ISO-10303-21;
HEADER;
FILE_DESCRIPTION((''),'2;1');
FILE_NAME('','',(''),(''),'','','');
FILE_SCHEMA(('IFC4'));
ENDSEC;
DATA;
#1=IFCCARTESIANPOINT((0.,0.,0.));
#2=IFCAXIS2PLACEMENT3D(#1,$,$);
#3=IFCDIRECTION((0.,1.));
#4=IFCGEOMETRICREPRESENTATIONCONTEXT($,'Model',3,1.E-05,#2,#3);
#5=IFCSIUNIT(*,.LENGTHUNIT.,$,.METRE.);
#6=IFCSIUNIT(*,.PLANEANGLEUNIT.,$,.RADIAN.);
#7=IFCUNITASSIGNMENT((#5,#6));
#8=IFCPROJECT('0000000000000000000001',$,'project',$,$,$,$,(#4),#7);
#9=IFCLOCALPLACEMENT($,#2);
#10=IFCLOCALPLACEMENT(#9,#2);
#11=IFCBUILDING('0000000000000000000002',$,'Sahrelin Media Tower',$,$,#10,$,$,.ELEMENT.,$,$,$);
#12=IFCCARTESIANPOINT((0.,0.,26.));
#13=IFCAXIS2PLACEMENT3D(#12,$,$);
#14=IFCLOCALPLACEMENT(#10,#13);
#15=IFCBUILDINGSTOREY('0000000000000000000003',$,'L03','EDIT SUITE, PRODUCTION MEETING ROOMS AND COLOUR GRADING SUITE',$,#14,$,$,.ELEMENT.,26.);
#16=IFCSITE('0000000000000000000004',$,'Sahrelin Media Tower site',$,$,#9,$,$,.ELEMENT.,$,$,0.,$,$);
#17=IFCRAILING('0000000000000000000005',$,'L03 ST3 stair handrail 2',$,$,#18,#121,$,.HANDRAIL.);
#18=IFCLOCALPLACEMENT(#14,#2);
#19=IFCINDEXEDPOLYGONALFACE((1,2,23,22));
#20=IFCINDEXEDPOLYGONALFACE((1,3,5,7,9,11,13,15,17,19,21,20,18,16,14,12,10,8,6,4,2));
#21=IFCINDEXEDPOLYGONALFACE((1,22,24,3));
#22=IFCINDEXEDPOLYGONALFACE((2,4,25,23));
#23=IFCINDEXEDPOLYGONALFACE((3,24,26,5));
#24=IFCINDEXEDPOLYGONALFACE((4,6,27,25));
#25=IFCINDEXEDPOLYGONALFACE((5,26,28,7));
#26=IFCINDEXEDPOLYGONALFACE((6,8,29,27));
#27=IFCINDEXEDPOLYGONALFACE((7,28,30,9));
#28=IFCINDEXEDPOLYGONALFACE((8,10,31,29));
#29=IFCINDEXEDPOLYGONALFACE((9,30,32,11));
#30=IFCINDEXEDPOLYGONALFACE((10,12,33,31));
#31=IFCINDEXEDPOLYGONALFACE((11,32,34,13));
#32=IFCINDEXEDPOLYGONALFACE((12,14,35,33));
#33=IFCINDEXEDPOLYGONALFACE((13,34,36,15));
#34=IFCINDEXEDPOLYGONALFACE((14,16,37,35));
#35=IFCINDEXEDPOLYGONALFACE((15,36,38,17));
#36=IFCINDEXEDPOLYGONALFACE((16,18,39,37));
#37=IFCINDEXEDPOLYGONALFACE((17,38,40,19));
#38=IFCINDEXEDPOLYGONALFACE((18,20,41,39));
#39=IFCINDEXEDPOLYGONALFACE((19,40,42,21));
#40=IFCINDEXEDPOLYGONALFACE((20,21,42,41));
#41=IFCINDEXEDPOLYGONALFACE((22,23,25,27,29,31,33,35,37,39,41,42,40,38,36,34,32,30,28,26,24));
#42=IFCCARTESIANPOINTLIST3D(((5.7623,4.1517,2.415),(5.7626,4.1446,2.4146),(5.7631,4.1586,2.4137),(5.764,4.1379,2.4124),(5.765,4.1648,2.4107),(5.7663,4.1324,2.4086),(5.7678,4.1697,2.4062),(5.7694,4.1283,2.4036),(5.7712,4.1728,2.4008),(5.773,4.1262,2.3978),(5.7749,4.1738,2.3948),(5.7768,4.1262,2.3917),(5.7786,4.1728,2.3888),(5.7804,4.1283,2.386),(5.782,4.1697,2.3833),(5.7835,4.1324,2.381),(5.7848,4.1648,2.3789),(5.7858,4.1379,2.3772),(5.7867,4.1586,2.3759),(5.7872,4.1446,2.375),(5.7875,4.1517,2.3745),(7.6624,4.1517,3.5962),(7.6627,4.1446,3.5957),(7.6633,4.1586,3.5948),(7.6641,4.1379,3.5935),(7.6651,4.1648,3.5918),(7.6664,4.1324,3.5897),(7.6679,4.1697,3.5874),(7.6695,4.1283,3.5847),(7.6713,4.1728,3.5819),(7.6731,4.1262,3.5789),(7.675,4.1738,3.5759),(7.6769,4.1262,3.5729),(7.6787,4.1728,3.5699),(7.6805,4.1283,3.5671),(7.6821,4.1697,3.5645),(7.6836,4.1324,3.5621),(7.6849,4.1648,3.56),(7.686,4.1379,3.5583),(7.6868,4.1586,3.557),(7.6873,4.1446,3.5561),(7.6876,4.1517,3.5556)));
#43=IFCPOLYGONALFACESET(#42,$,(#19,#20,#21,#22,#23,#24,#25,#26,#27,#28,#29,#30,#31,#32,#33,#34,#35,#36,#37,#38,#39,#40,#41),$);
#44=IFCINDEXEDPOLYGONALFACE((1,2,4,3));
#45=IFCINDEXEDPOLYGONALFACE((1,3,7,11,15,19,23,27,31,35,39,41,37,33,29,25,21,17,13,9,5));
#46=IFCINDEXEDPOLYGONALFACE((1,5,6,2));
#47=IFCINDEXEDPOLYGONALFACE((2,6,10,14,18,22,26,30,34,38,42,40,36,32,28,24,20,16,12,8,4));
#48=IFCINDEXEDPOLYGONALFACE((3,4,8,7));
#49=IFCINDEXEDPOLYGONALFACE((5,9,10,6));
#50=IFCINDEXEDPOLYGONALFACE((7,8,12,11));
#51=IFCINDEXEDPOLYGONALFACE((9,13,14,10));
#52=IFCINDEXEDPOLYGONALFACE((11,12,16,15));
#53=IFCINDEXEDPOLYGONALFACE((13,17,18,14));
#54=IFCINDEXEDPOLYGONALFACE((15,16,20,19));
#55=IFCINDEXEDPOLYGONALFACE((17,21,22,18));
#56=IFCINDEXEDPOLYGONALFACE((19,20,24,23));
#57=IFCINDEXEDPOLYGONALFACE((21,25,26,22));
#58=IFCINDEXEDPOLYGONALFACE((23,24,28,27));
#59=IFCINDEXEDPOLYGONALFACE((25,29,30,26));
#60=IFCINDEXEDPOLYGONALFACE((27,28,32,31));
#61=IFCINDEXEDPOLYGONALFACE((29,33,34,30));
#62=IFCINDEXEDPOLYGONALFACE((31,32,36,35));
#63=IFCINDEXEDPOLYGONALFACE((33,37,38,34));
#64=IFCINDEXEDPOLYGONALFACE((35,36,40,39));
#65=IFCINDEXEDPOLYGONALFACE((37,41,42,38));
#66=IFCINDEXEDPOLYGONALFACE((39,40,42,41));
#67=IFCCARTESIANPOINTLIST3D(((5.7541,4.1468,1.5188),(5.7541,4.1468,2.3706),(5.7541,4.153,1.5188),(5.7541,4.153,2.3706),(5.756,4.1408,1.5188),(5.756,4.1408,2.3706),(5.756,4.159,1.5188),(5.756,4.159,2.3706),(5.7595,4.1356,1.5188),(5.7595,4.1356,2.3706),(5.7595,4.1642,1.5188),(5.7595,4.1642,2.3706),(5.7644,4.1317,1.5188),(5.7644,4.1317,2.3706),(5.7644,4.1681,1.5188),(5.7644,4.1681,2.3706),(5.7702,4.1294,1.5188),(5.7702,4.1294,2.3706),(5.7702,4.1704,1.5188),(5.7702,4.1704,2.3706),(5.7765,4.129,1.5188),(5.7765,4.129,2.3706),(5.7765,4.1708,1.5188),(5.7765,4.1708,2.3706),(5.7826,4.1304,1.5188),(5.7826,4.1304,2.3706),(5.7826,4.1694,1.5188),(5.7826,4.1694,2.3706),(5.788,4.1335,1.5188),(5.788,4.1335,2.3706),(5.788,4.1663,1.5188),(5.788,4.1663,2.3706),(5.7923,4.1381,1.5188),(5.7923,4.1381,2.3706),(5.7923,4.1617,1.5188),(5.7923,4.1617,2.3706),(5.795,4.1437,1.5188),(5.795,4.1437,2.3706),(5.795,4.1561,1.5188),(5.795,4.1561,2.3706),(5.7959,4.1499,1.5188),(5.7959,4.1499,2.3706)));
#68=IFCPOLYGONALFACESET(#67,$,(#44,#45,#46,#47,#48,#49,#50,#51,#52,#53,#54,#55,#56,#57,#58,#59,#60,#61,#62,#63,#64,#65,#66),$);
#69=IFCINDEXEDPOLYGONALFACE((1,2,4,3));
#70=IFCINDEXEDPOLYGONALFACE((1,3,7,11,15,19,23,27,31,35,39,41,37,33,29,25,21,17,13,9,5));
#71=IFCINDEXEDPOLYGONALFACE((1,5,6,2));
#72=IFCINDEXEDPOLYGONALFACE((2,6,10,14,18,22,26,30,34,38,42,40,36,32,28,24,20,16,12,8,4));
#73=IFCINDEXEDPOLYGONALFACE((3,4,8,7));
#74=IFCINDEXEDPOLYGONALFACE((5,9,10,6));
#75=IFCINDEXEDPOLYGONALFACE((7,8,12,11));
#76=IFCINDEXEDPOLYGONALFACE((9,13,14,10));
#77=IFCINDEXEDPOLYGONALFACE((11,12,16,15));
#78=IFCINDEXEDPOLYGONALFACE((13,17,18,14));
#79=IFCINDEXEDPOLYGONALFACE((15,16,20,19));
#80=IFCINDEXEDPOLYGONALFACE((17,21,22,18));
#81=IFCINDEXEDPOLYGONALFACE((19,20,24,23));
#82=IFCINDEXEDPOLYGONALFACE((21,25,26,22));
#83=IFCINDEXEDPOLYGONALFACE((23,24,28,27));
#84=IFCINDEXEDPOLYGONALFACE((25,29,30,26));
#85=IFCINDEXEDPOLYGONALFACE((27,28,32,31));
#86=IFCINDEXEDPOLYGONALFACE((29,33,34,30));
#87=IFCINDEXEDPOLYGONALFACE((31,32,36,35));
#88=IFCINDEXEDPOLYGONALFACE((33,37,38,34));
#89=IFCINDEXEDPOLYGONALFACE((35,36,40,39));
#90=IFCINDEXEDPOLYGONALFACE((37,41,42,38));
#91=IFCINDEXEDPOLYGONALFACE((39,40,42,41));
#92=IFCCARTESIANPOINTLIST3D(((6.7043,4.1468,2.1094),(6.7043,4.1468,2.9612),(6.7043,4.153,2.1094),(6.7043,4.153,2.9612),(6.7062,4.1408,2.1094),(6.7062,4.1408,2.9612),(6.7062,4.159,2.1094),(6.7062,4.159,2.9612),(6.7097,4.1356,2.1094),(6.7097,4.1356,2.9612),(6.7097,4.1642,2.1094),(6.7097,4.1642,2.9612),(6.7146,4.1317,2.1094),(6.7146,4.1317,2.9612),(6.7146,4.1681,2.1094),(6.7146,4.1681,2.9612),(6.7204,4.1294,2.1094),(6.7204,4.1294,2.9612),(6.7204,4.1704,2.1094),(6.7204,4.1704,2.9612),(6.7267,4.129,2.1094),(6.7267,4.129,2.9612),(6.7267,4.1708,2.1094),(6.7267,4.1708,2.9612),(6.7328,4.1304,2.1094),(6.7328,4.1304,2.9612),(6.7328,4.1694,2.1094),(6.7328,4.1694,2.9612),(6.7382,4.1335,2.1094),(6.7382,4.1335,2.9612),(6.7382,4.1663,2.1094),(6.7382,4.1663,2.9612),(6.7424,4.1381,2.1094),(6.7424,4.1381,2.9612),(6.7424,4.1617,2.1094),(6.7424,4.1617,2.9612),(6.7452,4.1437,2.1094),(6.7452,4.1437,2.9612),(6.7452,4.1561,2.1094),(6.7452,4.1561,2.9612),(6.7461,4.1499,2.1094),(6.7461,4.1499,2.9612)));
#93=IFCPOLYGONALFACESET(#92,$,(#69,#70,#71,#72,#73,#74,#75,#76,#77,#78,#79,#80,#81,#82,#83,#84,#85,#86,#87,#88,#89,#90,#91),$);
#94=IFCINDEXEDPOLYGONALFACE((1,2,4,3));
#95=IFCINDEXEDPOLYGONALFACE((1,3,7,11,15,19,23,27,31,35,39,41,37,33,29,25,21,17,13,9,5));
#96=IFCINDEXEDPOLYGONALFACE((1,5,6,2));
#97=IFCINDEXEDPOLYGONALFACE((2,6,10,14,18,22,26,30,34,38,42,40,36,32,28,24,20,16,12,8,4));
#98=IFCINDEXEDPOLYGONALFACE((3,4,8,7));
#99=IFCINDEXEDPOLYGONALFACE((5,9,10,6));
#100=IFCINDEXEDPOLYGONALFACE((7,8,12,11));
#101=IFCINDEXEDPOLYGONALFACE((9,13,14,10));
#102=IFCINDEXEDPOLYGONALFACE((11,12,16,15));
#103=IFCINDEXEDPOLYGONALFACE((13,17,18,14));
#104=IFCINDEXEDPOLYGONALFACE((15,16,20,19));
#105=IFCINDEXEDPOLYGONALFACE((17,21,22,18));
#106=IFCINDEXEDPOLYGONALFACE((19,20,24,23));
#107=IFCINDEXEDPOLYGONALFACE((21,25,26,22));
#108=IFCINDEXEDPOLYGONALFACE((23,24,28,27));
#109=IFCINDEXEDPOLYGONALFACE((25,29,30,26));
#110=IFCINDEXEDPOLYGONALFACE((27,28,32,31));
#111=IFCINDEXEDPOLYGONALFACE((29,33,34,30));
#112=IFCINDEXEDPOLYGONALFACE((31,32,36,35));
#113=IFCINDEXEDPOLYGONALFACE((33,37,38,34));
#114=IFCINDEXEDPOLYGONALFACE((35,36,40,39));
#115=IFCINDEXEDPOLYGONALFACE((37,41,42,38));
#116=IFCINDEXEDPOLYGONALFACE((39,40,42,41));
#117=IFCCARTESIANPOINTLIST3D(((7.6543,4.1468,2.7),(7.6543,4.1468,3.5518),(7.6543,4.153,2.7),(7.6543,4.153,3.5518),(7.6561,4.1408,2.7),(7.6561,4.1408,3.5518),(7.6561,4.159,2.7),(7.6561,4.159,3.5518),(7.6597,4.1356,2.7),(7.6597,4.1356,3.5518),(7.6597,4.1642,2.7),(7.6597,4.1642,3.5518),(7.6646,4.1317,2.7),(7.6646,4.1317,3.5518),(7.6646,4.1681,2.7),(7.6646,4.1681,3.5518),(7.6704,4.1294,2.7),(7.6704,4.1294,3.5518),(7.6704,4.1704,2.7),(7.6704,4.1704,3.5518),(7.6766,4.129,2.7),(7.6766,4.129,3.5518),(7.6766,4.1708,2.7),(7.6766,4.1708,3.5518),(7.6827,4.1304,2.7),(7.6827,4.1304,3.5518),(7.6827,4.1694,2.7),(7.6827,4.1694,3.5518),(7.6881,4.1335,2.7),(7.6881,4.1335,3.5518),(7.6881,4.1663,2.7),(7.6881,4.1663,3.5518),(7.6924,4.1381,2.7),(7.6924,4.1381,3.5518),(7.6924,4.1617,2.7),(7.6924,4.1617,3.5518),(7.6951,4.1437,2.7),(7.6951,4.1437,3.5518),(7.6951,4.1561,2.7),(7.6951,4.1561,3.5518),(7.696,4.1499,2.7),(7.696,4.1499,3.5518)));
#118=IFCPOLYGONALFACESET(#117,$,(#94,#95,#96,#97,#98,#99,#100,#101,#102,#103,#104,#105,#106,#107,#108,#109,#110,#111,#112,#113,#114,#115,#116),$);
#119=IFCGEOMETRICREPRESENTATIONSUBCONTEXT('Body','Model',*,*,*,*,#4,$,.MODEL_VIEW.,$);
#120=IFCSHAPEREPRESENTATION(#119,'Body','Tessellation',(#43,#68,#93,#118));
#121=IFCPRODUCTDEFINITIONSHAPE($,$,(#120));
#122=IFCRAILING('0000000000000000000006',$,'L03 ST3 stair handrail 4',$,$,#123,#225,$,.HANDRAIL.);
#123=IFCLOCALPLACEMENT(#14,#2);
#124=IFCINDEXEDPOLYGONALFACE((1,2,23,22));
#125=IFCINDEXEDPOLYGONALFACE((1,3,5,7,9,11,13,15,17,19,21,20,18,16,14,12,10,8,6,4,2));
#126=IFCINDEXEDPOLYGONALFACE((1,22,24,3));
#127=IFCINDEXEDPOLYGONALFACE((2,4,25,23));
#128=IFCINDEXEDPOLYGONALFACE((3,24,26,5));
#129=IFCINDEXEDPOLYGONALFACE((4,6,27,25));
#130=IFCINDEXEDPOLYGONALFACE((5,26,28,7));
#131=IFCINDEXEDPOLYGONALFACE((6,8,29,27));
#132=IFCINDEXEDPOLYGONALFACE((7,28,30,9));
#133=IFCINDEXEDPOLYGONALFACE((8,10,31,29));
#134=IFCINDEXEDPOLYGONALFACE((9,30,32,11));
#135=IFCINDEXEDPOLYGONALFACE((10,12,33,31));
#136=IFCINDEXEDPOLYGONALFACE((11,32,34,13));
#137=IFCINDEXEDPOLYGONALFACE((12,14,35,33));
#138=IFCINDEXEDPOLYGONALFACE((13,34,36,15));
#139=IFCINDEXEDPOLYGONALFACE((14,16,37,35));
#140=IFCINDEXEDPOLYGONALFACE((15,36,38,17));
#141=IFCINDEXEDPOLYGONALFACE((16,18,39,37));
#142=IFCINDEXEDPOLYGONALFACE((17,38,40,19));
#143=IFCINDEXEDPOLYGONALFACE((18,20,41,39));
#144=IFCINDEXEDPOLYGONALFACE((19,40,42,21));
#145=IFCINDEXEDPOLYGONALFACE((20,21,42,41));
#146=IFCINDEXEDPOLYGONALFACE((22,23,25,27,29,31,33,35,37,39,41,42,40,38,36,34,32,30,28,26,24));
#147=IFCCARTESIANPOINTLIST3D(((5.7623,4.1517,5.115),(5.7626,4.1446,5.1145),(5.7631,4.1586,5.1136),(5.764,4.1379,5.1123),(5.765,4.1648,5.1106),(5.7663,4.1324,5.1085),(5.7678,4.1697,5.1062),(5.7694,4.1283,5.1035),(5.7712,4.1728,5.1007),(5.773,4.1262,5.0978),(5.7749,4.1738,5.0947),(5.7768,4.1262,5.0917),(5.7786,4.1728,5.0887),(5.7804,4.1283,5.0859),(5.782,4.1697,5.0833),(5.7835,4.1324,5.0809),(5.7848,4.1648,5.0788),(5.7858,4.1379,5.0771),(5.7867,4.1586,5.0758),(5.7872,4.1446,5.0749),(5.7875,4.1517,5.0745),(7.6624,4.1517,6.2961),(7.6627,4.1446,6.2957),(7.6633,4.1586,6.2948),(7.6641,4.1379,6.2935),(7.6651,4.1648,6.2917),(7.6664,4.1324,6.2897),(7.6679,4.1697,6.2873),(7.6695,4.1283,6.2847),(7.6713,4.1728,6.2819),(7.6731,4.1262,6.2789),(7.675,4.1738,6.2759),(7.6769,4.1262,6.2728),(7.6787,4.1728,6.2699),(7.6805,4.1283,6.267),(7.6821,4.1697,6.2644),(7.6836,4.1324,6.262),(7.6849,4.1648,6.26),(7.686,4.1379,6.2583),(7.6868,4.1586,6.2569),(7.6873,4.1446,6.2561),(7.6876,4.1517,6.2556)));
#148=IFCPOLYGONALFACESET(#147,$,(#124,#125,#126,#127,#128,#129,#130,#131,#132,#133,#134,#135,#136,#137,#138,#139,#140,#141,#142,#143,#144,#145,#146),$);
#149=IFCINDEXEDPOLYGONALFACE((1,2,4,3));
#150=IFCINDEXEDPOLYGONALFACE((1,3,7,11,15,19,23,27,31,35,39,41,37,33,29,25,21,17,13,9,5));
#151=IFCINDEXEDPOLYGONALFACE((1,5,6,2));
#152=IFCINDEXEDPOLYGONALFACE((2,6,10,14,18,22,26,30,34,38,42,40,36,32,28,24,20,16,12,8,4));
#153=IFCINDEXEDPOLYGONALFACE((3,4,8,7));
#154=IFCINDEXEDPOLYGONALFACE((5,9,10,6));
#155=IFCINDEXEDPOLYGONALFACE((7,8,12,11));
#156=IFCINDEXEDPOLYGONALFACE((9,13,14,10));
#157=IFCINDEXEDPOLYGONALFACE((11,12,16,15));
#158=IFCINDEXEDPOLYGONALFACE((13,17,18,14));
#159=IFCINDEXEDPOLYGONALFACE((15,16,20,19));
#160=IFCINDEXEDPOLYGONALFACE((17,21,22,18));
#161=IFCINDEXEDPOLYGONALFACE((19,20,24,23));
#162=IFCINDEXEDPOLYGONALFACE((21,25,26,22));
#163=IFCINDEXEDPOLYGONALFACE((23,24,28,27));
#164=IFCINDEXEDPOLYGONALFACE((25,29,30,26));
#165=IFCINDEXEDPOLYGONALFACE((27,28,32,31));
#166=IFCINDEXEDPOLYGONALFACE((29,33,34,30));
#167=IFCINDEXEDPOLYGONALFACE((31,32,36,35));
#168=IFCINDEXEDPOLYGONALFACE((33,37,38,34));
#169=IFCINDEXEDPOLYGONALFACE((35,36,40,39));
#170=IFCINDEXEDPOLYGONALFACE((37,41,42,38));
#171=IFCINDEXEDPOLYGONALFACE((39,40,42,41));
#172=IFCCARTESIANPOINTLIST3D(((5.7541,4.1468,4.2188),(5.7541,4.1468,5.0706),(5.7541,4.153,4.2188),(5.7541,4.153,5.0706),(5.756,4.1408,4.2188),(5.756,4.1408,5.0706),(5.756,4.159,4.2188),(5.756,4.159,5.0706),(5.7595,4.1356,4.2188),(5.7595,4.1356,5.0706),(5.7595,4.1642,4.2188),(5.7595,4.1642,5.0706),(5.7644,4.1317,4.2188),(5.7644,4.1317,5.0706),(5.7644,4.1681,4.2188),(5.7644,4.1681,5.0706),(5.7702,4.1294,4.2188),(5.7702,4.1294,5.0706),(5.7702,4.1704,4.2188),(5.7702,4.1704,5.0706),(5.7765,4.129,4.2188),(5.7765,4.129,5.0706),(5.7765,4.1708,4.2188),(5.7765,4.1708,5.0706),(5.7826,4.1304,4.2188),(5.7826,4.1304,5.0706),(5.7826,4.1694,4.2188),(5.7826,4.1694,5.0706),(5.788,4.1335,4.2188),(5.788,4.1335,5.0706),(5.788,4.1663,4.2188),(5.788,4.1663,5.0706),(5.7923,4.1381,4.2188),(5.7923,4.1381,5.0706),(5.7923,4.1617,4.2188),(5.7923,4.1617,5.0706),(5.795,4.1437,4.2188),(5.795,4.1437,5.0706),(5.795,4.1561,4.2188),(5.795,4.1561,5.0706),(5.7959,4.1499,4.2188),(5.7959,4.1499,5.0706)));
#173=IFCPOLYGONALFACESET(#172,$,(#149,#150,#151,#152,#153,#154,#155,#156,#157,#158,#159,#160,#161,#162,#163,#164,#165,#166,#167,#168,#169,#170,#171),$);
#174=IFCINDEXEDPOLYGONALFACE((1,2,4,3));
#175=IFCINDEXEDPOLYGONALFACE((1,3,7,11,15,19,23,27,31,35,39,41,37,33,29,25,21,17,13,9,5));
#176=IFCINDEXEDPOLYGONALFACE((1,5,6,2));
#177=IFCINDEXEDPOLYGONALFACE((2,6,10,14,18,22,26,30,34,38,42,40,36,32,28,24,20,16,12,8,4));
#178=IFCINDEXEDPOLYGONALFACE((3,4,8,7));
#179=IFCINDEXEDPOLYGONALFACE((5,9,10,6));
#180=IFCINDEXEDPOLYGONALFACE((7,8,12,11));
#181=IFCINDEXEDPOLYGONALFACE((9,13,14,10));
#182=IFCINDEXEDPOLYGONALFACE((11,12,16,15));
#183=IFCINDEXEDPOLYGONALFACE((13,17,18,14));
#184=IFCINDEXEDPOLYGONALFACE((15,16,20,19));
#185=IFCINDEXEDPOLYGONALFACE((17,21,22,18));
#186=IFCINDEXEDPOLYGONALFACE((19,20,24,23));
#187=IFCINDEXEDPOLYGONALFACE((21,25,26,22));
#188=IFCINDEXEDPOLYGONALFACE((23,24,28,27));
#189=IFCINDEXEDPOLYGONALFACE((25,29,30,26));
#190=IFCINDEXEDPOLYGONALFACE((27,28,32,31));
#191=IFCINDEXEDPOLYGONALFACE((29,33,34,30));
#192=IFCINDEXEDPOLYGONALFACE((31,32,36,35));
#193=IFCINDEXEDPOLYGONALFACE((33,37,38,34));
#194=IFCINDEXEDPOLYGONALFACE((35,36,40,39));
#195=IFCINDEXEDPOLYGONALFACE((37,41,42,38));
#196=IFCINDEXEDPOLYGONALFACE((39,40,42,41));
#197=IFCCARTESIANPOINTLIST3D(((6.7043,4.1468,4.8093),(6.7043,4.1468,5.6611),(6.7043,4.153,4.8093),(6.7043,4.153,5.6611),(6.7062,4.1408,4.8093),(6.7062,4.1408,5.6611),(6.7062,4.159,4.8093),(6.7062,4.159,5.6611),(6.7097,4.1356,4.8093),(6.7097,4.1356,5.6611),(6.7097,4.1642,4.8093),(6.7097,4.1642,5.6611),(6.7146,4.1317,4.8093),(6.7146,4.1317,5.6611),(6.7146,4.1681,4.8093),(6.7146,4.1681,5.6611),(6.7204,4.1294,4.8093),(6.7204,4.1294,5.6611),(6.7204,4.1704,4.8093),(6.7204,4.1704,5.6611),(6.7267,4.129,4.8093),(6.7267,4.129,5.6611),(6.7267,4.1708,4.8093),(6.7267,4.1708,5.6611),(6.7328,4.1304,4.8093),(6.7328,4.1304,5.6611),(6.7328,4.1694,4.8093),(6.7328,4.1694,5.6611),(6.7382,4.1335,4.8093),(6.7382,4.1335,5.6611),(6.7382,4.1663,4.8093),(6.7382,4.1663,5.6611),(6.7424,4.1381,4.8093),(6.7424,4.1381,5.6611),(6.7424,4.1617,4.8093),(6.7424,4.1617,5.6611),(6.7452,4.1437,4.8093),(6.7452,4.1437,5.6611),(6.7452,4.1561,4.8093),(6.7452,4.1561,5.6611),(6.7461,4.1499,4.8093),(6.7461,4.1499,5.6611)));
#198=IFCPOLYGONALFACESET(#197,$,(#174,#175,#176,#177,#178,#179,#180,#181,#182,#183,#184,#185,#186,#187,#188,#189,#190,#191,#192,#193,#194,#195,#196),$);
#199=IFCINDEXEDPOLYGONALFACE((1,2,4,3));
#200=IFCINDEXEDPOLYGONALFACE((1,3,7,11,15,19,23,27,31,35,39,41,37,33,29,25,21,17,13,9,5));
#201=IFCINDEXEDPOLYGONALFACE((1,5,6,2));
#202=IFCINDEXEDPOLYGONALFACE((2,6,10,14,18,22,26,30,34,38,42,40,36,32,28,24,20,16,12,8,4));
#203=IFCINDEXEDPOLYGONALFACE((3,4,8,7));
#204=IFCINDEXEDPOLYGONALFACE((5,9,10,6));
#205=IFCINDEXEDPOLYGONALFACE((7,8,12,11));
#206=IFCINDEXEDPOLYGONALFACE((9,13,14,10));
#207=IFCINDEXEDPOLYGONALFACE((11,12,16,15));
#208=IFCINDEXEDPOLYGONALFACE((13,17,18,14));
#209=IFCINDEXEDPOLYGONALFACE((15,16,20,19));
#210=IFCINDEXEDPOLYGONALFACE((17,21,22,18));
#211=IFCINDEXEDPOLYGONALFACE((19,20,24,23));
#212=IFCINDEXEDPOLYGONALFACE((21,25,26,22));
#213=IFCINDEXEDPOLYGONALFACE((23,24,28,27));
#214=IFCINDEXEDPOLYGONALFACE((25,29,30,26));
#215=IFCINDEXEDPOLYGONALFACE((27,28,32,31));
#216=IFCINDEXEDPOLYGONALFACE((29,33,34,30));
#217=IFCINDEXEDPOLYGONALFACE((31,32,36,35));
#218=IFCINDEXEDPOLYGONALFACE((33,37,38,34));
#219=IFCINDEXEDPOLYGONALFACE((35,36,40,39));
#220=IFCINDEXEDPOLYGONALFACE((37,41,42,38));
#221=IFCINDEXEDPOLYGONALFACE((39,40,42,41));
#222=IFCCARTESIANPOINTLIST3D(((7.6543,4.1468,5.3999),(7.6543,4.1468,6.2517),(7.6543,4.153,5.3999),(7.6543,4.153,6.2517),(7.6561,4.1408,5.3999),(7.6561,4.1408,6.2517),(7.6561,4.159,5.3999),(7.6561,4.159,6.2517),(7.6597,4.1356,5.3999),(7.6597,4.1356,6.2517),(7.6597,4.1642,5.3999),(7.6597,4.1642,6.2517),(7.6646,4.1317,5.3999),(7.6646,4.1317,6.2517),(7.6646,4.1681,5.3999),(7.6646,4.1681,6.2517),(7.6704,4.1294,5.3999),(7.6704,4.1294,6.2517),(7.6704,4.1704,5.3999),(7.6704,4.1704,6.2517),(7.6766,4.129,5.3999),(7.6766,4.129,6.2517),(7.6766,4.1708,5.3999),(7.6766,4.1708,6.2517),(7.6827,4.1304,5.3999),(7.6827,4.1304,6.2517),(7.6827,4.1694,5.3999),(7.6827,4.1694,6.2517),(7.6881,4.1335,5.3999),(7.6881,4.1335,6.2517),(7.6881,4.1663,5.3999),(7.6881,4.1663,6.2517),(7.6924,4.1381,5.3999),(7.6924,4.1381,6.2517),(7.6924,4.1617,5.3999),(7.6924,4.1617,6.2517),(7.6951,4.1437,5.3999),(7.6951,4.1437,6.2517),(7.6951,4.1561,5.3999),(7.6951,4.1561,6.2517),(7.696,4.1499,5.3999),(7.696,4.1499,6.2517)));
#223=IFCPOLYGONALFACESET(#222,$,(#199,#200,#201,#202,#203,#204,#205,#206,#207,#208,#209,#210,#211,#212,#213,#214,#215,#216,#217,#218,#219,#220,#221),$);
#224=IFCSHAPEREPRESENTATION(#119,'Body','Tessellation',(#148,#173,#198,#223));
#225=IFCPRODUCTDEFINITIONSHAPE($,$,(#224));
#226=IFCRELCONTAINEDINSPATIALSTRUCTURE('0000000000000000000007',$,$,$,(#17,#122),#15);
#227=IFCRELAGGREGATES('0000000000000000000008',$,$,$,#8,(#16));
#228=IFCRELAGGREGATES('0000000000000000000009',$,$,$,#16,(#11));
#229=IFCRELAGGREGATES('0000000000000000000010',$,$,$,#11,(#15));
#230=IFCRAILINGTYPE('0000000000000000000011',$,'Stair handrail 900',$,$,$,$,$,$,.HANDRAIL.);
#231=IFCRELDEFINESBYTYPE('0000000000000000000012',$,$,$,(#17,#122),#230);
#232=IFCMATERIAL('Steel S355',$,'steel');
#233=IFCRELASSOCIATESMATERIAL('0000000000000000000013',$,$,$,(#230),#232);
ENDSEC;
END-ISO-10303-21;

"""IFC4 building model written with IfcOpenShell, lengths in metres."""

from ifc_helpers import new_model, si_unit, direction, frame, origin, origin_2d, place, context, subcontext, project, spatial, circle, extrude, material, type_object, element, save


model = new_model("IFC4")

# Units and contexts
model_context = context("Model", 3, precision=1e-05, world=origin(), true_north=direction((0.0, 1.0)))
body_context = subcontext(model_context, "Body", "Model", "MODEL_VIEW")
ifc_project = project(units=[si_unit("LENGTHUNIT", "METRE"), si_unit("PLANEANGLEUNIT", "RADIAN")], contexts=[model_context])

# Site, building, storey
site_placement = place(None, origin())
site = spatial("IfcSite", under=ifc_project, at=site_placement, Name="Sahrelin Media Tower site", CompositionType="ELEMENT", RefElevation=0.0)
building_placement = place(site_placement, origin())
building = spatial("IfcBuilding", under=site, at=building_placement, Name="Sahrelin Media Tower", CompositionType="ELEMENT")
storey_placement = place(building_placement, frame((0.0, 0.0, 26.0)))
storey = spatial("IfcBuildingStorey", under=building, at=storey_placement, Name="L03", Description="EDIT SUITE, PRODUCTION MEETING ROOMS AND COLOUR GRADING SUITE", CompositionType="ELEMENT", Elevation=26.0)

# Shared definitions
ifc_material_1 = material(Name="Steel S355", Category="steel")

# Railings
railing_type = type_object("IfcRailingType", Name="Stair handrail 900", PredefinedType="HANDRAIL", material=ifc_material_1)
for number, where, name in (
    (1, (5.7749, 4.1499, 1.5188), "L03 ST3 stair handrail 2"),
    (2, (5.7749, 4.1499, 4.2188), "L03 ST3 stair handrail 4"),
):
    element("IfcRailing", number, at=place(storey_placement, frame(where)), inside=storey, type_object=railing_type, Name=name, PredefinedType="HANDRAIL", context=body_context, shape_type="SweptSolid", body=[
        extrude(circle(Radius=0.0239, at=origin_2d()), frame((0.0, 0.0, 0.876), z_axis=(0.849289, 0.0, 0.527928), x_axis=(0.0, 1.0, 0.0)), (0.0, 0.0, 1.0), 2.2373),
        extrude(circle(Radius=0.021, at=origin_2d()), origin(), (0.0, 0.0, 1.0), 0.8518),
        extrude(circle(Radius=0.021, at=origin_2d()), frame((0.9502, 0.0, 0.5906)), (0.0, 0.0, 1.0), 0.8518),
        extrude(circle(Radius=0.021, at=origin_2d()), frame((1.9001, 0.0, 1.1812)), (0.0, 0.0, 1.0), 0.8518),
    ])

save(model, "model.ifc")
